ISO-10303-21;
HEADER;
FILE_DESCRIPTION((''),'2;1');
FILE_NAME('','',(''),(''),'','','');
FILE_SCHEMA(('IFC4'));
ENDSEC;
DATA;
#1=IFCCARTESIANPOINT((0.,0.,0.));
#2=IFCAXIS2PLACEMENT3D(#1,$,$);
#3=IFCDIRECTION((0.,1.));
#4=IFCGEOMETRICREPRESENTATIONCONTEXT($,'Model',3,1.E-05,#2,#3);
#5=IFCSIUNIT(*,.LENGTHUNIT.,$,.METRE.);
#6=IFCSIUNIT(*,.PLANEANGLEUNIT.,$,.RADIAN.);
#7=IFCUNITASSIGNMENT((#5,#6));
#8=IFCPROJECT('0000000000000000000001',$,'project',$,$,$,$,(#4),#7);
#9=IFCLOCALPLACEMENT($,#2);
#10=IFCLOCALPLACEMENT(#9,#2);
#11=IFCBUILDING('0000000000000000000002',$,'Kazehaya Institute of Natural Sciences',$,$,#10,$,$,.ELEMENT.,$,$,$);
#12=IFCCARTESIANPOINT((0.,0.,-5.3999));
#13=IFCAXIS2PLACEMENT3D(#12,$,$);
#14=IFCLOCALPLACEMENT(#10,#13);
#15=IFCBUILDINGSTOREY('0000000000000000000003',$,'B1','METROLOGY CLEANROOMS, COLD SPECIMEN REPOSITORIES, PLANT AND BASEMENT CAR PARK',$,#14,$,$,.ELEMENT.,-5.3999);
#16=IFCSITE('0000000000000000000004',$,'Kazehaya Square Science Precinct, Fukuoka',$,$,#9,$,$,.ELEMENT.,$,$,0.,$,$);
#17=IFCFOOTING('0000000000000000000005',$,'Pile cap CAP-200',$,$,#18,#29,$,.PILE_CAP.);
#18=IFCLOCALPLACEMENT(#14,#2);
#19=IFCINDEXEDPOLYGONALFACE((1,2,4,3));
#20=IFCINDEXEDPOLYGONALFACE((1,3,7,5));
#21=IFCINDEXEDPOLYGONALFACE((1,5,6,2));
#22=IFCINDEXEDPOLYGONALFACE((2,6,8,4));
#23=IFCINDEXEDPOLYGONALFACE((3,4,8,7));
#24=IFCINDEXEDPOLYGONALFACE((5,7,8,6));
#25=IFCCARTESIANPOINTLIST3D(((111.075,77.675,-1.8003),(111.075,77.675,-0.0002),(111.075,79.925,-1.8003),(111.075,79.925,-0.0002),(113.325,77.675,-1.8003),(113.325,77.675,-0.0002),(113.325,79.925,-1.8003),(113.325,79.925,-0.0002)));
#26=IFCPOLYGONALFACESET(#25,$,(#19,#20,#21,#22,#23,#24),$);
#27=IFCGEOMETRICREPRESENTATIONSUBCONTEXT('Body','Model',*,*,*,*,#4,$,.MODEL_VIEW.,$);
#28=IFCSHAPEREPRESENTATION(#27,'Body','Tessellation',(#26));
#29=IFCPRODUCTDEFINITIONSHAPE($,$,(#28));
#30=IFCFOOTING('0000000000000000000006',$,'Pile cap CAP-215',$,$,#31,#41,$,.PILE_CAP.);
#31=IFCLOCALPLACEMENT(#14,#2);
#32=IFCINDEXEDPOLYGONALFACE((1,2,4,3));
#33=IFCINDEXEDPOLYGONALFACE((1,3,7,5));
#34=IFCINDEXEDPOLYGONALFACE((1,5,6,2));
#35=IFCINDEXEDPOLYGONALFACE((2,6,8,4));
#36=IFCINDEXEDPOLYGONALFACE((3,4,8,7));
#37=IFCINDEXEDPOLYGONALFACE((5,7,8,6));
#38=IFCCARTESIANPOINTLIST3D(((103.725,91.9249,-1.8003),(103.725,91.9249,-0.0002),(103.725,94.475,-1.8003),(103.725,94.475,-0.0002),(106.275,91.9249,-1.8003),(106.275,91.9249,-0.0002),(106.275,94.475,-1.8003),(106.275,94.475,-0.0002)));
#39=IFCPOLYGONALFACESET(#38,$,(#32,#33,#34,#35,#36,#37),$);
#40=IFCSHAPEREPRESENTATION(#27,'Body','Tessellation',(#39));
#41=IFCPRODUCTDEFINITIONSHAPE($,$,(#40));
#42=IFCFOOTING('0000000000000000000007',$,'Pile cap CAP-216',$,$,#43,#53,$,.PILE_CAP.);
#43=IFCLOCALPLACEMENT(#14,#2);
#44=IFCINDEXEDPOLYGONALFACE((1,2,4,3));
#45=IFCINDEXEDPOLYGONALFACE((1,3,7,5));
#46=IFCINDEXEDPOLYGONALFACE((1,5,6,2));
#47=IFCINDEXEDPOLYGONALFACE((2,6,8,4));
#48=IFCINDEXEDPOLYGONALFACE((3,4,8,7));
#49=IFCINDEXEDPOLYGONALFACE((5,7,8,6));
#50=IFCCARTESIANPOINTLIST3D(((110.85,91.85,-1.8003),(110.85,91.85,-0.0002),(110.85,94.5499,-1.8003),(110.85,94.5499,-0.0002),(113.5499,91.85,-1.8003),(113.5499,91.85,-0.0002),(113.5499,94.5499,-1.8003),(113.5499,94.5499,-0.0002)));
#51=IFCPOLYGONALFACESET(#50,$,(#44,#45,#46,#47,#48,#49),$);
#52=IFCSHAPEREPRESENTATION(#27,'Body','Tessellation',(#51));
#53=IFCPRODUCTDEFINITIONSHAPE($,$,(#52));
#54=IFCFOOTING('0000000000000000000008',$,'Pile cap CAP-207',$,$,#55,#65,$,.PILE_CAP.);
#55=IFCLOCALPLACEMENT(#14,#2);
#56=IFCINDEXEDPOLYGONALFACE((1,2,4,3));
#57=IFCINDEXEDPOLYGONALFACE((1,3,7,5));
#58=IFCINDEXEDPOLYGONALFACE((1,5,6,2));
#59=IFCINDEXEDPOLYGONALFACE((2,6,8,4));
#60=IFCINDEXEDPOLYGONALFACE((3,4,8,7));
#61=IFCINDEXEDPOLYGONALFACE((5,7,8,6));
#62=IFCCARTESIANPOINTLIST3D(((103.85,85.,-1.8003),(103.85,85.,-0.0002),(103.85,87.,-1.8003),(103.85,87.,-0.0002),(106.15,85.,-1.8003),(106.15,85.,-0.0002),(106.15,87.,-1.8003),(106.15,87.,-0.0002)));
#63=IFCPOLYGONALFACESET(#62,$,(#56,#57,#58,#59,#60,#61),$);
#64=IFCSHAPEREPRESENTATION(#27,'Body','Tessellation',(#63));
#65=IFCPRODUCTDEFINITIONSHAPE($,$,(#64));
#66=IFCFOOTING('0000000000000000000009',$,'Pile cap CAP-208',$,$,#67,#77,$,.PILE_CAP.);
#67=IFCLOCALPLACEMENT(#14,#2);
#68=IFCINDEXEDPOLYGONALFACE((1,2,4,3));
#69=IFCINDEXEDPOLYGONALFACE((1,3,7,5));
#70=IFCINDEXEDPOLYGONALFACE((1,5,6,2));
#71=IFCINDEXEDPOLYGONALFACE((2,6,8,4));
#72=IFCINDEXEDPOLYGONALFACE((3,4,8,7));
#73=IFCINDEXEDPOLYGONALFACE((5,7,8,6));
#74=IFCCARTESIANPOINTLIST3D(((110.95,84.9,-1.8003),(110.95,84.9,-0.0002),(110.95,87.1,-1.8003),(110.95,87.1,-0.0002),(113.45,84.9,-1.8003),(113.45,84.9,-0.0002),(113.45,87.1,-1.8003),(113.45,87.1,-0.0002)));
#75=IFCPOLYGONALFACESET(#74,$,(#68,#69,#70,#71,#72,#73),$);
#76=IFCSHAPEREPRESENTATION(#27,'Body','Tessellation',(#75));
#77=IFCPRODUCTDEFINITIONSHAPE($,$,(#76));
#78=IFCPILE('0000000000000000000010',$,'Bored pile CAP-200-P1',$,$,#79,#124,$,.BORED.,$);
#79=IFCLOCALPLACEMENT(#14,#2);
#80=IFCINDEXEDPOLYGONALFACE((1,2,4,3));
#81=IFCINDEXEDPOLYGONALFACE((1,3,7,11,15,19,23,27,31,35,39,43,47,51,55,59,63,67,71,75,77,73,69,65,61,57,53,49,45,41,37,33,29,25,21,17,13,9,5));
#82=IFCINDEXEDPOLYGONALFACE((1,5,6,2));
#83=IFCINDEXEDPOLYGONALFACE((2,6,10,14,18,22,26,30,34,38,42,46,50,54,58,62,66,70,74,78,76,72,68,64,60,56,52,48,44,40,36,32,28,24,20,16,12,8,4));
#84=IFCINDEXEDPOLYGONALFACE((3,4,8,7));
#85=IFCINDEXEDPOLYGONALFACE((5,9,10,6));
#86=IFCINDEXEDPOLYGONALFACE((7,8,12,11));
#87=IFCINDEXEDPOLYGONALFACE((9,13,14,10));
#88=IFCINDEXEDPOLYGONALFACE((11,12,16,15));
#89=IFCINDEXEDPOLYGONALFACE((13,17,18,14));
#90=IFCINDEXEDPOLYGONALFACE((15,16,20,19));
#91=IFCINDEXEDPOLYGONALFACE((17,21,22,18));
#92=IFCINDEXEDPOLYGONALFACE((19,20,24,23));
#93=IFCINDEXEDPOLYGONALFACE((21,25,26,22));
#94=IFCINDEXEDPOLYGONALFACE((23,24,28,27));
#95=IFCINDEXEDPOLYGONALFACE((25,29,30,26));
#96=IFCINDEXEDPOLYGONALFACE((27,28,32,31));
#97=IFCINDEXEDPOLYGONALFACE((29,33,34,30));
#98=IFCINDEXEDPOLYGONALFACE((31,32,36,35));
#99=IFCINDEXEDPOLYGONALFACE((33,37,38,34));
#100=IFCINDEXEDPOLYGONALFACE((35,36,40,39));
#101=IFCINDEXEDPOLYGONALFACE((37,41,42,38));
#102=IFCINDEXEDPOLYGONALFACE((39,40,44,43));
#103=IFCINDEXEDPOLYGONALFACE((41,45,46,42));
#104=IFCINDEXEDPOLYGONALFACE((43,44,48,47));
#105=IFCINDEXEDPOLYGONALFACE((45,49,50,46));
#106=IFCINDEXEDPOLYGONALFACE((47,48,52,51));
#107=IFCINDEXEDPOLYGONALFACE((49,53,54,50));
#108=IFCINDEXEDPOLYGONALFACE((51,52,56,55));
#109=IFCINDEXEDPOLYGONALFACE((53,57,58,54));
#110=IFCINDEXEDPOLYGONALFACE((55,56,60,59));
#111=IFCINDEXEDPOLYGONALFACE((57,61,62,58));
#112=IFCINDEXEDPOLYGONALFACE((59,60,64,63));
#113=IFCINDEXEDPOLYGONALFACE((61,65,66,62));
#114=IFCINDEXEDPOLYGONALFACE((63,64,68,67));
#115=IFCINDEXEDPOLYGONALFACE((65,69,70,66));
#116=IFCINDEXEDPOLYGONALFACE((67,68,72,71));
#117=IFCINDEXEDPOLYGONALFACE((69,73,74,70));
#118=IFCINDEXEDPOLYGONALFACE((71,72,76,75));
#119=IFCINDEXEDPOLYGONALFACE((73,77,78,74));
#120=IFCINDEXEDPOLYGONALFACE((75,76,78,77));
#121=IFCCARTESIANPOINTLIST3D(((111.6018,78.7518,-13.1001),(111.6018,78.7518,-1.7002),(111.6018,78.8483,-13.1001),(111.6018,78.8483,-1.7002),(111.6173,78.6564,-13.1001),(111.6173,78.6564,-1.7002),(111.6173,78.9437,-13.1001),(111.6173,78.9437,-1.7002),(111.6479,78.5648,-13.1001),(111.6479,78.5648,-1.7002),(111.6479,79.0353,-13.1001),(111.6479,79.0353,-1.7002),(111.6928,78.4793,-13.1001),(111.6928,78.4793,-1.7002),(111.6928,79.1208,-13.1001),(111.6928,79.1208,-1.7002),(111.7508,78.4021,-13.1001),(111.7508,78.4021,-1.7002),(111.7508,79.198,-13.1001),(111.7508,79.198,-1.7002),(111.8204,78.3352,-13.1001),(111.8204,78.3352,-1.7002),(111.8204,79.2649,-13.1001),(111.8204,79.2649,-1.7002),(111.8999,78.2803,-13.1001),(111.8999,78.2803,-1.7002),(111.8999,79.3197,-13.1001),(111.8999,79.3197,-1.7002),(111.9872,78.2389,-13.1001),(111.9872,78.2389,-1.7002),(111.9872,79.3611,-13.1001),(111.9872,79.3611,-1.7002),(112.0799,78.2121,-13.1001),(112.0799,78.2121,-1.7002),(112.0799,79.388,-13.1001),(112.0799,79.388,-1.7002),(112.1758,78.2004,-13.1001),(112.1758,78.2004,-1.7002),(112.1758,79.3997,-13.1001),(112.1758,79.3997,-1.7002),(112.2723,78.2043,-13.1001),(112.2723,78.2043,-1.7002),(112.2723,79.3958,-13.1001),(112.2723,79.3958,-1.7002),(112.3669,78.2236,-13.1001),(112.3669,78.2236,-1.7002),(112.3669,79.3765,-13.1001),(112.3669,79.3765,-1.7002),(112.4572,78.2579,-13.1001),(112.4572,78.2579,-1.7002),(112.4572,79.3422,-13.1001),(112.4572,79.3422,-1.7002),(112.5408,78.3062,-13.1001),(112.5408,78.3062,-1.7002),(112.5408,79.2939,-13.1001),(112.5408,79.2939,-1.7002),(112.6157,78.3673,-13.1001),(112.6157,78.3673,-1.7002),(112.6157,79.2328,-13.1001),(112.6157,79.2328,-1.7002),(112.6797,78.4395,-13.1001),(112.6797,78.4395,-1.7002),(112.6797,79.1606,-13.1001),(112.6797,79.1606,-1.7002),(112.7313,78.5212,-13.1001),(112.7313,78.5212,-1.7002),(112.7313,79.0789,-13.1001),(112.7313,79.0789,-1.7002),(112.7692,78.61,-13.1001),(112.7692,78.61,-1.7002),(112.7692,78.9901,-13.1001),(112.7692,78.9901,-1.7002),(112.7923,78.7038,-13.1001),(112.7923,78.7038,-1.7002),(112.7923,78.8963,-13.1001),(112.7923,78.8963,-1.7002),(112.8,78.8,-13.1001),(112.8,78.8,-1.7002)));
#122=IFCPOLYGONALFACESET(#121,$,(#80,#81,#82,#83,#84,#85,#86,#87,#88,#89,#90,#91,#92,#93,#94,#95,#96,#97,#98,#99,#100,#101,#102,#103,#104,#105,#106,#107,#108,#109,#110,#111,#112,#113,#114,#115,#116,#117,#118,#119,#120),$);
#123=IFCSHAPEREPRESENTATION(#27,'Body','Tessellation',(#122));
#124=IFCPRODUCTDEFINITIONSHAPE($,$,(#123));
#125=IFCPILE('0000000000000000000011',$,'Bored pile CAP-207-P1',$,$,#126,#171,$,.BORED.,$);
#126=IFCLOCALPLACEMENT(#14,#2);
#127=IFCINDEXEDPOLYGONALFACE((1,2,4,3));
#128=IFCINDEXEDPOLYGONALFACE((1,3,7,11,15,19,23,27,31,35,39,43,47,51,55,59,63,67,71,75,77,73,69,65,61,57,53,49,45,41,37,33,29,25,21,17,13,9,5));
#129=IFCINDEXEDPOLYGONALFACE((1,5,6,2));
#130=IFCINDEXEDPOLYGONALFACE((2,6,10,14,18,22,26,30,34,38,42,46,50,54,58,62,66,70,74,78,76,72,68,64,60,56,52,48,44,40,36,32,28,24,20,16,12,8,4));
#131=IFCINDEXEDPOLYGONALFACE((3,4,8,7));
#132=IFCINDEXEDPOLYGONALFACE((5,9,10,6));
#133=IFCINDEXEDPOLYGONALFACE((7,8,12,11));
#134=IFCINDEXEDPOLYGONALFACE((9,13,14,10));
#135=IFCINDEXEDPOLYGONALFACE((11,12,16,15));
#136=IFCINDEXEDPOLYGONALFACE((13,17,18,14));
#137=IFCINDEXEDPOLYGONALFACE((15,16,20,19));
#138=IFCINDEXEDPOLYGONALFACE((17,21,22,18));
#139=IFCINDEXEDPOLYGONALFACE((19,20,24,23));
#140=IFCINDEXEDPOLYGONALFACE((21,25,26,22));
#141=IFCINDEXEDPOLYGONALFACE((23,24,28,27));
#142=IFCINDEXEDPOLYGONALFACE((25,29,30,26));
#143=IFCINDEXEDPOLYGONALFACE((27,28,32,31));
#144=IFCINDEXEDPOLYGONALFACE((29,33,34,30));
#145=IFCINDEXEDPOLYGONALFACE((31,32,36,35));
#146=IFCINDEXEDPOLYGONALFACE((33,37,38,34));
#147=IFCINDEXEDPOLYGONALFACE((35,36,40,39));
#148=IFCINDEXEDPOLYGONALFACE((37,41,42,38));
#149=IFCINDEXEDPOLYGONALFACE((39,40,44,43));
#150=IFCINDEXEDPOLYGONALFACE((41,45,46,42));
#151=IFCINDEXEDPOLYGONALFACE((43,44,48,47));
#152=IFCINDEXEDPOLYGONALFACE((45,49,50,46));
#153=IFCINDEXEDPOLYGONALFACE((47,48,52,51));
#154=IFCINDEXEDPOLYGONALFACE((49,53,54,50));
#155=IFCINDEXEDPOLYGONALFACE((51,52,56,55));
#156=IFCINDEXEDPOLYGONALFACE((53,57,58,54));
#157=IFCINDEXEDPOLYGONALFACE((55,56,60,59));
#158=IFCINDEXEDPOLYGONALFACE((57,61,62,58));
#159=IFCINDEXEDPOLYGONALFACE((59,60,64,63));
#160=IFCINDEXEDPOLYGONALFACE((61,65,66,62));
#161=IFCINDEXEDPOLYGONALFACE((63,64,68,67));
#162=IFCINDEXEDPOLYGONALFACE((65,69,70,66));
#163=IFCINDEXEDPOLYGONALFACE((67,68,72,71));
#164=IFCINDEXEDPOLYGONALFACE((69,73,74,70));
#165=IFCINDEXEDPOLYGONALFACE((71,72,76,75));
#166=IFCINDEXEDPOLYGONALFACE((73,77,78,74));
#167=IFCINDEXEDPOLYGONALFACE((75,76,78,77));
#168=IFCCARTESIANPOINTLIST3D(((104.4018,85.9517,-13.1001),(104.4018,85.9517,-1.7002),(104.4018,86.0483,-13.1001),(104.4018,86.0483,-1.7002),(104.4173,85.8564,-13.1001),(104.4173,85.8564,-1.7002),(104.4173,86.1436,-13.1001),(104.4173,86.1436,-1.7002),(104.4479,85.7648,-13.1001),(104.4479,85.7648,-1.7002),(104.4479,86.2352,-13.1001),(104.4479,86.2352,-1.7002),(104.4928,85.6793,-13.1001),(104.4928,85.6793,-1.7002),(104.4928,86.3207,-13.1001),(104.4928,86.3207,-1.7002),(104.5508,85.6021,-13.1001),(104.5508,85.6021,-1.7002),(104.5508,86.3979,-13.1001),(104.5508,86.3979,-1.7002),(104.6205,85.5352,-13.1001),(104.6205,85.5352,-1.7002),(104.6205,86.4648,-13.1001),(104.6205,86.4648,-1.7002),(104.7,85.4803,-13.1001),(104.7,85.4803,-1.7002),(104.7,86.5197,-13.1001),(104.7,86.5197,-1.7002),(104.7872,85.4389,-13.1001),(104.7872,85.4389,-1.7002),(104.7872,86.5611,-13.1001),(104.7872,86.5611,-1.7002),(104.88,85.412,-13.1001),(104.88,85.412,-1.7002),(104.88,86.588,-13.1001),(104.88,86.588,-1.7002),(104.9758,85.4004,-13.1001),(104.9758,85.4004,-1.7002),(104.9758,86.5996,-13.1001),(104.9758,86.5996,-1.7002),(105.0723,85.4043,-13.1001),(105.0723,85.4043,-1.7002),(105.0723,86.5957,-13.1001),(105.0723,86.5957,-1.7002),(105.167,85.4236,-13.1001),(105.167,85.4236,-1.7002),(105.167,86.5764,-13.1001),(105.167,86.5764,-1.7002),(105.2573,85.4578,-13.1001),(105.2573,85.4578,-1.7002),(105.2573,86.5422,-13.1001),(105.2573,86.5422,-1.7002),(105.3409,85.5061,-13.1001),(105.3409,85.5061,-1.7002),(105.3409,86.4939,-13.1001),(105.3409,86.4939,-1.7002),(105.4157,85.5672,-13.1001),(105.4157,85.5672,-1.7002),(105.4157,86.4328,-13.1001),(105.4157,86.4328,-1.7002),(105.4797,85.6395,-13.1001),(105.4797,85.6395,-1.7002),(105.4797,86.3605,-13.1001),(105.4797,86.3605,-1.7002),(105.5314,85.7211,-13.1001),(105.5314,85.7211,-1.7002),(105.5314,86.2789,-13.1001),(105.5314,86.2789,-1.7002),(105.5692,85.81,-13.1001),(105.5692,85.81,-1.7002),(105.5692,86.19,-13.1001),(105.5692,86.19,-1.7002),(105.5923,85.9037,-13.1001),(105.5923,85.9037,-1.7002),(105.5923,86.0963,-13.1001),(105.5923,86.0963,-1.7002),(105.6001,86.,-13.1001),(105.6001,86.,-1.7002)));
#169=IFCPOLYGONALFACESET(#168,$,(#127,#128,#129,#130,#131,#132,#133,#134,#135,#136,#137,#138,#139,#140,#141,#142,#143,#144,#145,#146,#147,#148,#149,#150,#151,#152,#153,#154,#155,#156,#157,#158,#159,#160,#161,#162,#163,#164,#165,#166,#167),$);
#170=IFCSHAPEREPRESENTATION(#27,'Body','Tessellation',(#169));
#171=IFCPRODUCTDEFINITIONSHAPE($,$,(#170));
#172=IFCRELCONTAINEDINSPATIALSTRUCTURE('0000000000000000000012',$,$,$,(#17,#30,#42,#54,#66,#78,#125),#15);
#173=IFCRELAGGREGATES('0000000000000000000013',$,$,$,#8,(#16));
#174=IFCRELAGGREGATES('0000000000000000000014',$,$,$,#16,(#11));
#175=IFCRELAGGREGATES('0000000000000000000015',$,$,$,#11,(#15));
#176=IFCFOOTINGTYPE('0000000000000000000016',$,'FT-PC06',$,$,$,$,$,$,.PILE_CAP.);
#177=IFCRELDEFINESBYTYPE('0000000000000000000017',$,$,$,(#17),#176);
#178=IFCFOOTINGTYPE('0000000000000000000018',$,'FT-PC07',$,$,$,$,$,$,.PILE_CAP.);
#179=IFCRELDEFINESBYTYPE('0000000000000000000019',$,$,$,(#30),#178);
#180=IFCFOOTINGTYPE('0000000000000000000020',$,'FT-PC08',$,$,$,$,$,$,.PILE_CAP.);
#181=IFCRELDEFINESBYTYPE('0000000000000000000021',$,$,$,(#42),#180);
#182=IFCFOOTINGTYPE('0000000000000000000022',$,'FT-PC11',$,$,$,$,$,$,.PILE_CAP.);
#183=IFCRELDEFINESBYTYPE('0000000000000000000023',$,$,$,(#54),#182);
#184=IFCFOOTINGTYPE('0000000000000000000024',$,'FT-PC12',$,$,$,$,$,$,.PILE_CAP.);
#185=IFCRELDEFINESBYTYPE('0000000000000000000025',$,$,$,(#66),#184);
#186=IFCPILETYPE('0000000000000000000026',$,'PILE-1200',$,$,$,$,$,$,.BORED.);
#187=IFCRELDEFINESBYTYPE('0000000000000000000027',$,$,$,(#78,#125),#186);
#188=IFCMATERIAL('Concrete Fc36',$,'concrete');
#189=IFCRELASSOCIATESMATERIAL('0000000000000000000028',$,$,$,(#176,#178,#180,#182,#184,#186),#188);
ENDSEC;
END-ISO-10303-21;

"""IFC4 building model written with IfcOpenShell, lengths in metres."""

from ifc_helpers import new_model, si_unit, direction, frame, origin, origin_2d, place, context, subcontext, project, spatial, rectangle, circle, extrude, material, material_profile, profile_set, type_object, element, save


model = new_model("IFC4")

# Units and contexts
model_context = context("Model", 3, precision=1e-05, world=origin(), true_north=direction((0.0, 1.0)))
body_context = subcontext(model_context, "Body", "Model", "MODEL_VIEW")
ifc_project = project(units=[si_unit("LENGTHUNIT", "METRE"), si_unit("PLANEANGLEUNIT", "RADIAN")], contexts=[model_context])

# Site, building, storey
site_placement = place(None, origin())
site = spatial("IfcSite", under=ifc_project, at=site_placement, Name="Kazehaya Square Science Precinct, Fukuoka", CompositionType="ELEMENT", RefElevation=0.0)
building_placement = place(site_placement, origin())
building = spatial("IfcBuilding", under=site, at=building_placement, Name="Kazehaya Institute of Natural Sciences", CompositionType="ELEMENT")
storey_placement = place(building_placement, frame((0.0, 0.0, -5.3999)))
storey = spatial("IfcBuildingStorey", under=building, at=storey_placement, Name="B1", Description="METROLOGY CLEANROOMS, COLD SPECIMEN REPOSITORIES, PLANT AND BASEMENT CAR PARK", CompositionType="ELEMENT", Elevation=-5.3999)

# Footings
ifc_material_1 = material(Name="Concrete Fc36", Category="concrete")
footing_type_1 = type_object("IfcFootingType", Name="FT-PC06", PredefinedType="PILE_CAP", material=ifc_material_1)
footing_1_placement = place(storey_placement, frame((112.2, 78.8, -1.8003), z_axis=(0.0, 0.0, 1.0), x_axis=(1.0, 0.0, 0.0)))
element("IfcFooting", 1, at=footing_1_placement, inside=storey, type_object=footing_type_1, Name="Pile cap CAP-200", PredefinedType="PILE_CAP", context=body_context, shape_type="SweptSolid", body=[
    extrude(rectangle(XDim=2.25, YDim=2.25, at=origin_2d()), origin(), (0.0, 0.0, 1.0), 1.8),
])
footing_type_2 = type_object("IfcFootingType", Name="FT-PC07", PredefinedType="PILE_CAP", material=ifc_material_1)
footing_2_placement = place(storey_placement, frame((105.0, 93.2, -1.8003), z_axis=(0.0, 0.0, 1.0), x_axis=(1.0, 0.0, 0.0)))
element("IfcFooting", 2, at=footing_2_placement, inside=storey, type_object=footing_type_2, Name="Pile cap CAP-215", PredefinedType="PILE_CAP", context=body_context, shape_type="SweptSolid", body=[
    extrude(rectangle(XDim=2.55, YDim=2.55, at=origin_2d()), origin(), (0.0, 0.0, 1.0), 1.8),
])
footing_type_3 = type_object("IfcFootingType", Name="FT-PC08", PredefinedType="PILE_CAP", material=ifc_material_1)
footing_3_placement = place(storey_placement, frame((112.2, 93.2, -1.8003), z_axis=(0.0, 0.0, 1.0), x_axis=(1.0, 0.0, 0.0)))
element("IfcFooting", 3, at=footing_3_placement, inside=storey, type_object=footing_type_3, Name="Pile cap CAP-216", PredefinedType="PILE_CAP", context=body_context, shape_type="SweptSolid", body=[
    extrude(rectangle(XDim=2.7, YDim=2.7, at=origin_2d()), origin(), (0.0, 0.0, 1.0), 1.8),
])
footing_type_4 = type_object("IfcFootingType", Name="FT-PC11", PredefinedType="PILE_CAP", material=ifc_material_1)
footing_4_placement = place(storey_placement, frame((105.0, 86.0, -1.8003), z_axis=(0.0, 0.0, 1.0), x_axis=(1.0, 0.0, 0.0)))
element("IfcFooting", 4, at=footing_4_placement, inside=storey, type_object=footing_type_4, Name="Pile cap CAP-207", PredefinedType="PILE_CAP", context=body_context, shape_type="SweptSolid", body=[
    extrude(rectangle(XDim=2.3, YDim=2.0, at=origin_2d()), origin(), (0.0, 0.0, 1.0), 1.8),
])
footing_type_5 = type_object("IfcFootingType", Name="FT-PC12", PredefinedType="PILE_CAP", material=ifc_material_1)
footing_5_placement = place(storey_placement, frame((112.2, 86.0, -1.8003), z_axis=(0.0, 0.0, 1.0), x_axis=(1.0, 0.0, 0.0)))
element("IfcFooting", 5, at=footing_5_placement, inside=storey, type_object=footing_type_5, Name="Pile cap CAP-208", PredefinedType="PILE_CAP", context=body_context, shape_type="SweptSolid", body=[
    extrude(rectangle(XDim=2.5, YDim=2.2, at=origin_2d()), origin(), (0.0, 0.0, 1.0), 1.8),
])

# Piles
ifc_material_profile_1 = material_profile(ifc_material_1, circle(Radius=0.6001, at=origin_2d()), Name="PILE-1200")
ifc_profile_set_1 = profile_set([ifc_material_profile_1], Name="Concrete Fc36")
pile_type_1 = type_object("IfcPileType", Name="PILE-1200", PredefinedType="BORED", material=ifc_profile_set_1)
for number, where, z_axis, x_axis, name in (
    (6, (112.2, 78.8, -1.7002), (0.0, 0.0, -1.0), (1.0, 0.0, 0.0), "Bored pile CAP-200-P1"),
    (7, (105.0, 86.0, -1.7002), (0.0, 0.0, -1.0), (1.0, 0.0, 0.0), "Bored pile CAP-207-P1"),
):
    element("IfcPile", number, at=place(storey_placement, frame(where, z_axis=z_axis, x_axis=x_axis)), inside=storey, type_object=pile_type_1, Name=name, PredefinedType="BORED", context=body_context, shape_type="SweptSolid", body=[
        extrude(circle(Radius=0.6001, at=origin_2d()), origin(), (0.0, 0.0, 1.0), 11.3999),
    ])

save(model, "model.ifc")
